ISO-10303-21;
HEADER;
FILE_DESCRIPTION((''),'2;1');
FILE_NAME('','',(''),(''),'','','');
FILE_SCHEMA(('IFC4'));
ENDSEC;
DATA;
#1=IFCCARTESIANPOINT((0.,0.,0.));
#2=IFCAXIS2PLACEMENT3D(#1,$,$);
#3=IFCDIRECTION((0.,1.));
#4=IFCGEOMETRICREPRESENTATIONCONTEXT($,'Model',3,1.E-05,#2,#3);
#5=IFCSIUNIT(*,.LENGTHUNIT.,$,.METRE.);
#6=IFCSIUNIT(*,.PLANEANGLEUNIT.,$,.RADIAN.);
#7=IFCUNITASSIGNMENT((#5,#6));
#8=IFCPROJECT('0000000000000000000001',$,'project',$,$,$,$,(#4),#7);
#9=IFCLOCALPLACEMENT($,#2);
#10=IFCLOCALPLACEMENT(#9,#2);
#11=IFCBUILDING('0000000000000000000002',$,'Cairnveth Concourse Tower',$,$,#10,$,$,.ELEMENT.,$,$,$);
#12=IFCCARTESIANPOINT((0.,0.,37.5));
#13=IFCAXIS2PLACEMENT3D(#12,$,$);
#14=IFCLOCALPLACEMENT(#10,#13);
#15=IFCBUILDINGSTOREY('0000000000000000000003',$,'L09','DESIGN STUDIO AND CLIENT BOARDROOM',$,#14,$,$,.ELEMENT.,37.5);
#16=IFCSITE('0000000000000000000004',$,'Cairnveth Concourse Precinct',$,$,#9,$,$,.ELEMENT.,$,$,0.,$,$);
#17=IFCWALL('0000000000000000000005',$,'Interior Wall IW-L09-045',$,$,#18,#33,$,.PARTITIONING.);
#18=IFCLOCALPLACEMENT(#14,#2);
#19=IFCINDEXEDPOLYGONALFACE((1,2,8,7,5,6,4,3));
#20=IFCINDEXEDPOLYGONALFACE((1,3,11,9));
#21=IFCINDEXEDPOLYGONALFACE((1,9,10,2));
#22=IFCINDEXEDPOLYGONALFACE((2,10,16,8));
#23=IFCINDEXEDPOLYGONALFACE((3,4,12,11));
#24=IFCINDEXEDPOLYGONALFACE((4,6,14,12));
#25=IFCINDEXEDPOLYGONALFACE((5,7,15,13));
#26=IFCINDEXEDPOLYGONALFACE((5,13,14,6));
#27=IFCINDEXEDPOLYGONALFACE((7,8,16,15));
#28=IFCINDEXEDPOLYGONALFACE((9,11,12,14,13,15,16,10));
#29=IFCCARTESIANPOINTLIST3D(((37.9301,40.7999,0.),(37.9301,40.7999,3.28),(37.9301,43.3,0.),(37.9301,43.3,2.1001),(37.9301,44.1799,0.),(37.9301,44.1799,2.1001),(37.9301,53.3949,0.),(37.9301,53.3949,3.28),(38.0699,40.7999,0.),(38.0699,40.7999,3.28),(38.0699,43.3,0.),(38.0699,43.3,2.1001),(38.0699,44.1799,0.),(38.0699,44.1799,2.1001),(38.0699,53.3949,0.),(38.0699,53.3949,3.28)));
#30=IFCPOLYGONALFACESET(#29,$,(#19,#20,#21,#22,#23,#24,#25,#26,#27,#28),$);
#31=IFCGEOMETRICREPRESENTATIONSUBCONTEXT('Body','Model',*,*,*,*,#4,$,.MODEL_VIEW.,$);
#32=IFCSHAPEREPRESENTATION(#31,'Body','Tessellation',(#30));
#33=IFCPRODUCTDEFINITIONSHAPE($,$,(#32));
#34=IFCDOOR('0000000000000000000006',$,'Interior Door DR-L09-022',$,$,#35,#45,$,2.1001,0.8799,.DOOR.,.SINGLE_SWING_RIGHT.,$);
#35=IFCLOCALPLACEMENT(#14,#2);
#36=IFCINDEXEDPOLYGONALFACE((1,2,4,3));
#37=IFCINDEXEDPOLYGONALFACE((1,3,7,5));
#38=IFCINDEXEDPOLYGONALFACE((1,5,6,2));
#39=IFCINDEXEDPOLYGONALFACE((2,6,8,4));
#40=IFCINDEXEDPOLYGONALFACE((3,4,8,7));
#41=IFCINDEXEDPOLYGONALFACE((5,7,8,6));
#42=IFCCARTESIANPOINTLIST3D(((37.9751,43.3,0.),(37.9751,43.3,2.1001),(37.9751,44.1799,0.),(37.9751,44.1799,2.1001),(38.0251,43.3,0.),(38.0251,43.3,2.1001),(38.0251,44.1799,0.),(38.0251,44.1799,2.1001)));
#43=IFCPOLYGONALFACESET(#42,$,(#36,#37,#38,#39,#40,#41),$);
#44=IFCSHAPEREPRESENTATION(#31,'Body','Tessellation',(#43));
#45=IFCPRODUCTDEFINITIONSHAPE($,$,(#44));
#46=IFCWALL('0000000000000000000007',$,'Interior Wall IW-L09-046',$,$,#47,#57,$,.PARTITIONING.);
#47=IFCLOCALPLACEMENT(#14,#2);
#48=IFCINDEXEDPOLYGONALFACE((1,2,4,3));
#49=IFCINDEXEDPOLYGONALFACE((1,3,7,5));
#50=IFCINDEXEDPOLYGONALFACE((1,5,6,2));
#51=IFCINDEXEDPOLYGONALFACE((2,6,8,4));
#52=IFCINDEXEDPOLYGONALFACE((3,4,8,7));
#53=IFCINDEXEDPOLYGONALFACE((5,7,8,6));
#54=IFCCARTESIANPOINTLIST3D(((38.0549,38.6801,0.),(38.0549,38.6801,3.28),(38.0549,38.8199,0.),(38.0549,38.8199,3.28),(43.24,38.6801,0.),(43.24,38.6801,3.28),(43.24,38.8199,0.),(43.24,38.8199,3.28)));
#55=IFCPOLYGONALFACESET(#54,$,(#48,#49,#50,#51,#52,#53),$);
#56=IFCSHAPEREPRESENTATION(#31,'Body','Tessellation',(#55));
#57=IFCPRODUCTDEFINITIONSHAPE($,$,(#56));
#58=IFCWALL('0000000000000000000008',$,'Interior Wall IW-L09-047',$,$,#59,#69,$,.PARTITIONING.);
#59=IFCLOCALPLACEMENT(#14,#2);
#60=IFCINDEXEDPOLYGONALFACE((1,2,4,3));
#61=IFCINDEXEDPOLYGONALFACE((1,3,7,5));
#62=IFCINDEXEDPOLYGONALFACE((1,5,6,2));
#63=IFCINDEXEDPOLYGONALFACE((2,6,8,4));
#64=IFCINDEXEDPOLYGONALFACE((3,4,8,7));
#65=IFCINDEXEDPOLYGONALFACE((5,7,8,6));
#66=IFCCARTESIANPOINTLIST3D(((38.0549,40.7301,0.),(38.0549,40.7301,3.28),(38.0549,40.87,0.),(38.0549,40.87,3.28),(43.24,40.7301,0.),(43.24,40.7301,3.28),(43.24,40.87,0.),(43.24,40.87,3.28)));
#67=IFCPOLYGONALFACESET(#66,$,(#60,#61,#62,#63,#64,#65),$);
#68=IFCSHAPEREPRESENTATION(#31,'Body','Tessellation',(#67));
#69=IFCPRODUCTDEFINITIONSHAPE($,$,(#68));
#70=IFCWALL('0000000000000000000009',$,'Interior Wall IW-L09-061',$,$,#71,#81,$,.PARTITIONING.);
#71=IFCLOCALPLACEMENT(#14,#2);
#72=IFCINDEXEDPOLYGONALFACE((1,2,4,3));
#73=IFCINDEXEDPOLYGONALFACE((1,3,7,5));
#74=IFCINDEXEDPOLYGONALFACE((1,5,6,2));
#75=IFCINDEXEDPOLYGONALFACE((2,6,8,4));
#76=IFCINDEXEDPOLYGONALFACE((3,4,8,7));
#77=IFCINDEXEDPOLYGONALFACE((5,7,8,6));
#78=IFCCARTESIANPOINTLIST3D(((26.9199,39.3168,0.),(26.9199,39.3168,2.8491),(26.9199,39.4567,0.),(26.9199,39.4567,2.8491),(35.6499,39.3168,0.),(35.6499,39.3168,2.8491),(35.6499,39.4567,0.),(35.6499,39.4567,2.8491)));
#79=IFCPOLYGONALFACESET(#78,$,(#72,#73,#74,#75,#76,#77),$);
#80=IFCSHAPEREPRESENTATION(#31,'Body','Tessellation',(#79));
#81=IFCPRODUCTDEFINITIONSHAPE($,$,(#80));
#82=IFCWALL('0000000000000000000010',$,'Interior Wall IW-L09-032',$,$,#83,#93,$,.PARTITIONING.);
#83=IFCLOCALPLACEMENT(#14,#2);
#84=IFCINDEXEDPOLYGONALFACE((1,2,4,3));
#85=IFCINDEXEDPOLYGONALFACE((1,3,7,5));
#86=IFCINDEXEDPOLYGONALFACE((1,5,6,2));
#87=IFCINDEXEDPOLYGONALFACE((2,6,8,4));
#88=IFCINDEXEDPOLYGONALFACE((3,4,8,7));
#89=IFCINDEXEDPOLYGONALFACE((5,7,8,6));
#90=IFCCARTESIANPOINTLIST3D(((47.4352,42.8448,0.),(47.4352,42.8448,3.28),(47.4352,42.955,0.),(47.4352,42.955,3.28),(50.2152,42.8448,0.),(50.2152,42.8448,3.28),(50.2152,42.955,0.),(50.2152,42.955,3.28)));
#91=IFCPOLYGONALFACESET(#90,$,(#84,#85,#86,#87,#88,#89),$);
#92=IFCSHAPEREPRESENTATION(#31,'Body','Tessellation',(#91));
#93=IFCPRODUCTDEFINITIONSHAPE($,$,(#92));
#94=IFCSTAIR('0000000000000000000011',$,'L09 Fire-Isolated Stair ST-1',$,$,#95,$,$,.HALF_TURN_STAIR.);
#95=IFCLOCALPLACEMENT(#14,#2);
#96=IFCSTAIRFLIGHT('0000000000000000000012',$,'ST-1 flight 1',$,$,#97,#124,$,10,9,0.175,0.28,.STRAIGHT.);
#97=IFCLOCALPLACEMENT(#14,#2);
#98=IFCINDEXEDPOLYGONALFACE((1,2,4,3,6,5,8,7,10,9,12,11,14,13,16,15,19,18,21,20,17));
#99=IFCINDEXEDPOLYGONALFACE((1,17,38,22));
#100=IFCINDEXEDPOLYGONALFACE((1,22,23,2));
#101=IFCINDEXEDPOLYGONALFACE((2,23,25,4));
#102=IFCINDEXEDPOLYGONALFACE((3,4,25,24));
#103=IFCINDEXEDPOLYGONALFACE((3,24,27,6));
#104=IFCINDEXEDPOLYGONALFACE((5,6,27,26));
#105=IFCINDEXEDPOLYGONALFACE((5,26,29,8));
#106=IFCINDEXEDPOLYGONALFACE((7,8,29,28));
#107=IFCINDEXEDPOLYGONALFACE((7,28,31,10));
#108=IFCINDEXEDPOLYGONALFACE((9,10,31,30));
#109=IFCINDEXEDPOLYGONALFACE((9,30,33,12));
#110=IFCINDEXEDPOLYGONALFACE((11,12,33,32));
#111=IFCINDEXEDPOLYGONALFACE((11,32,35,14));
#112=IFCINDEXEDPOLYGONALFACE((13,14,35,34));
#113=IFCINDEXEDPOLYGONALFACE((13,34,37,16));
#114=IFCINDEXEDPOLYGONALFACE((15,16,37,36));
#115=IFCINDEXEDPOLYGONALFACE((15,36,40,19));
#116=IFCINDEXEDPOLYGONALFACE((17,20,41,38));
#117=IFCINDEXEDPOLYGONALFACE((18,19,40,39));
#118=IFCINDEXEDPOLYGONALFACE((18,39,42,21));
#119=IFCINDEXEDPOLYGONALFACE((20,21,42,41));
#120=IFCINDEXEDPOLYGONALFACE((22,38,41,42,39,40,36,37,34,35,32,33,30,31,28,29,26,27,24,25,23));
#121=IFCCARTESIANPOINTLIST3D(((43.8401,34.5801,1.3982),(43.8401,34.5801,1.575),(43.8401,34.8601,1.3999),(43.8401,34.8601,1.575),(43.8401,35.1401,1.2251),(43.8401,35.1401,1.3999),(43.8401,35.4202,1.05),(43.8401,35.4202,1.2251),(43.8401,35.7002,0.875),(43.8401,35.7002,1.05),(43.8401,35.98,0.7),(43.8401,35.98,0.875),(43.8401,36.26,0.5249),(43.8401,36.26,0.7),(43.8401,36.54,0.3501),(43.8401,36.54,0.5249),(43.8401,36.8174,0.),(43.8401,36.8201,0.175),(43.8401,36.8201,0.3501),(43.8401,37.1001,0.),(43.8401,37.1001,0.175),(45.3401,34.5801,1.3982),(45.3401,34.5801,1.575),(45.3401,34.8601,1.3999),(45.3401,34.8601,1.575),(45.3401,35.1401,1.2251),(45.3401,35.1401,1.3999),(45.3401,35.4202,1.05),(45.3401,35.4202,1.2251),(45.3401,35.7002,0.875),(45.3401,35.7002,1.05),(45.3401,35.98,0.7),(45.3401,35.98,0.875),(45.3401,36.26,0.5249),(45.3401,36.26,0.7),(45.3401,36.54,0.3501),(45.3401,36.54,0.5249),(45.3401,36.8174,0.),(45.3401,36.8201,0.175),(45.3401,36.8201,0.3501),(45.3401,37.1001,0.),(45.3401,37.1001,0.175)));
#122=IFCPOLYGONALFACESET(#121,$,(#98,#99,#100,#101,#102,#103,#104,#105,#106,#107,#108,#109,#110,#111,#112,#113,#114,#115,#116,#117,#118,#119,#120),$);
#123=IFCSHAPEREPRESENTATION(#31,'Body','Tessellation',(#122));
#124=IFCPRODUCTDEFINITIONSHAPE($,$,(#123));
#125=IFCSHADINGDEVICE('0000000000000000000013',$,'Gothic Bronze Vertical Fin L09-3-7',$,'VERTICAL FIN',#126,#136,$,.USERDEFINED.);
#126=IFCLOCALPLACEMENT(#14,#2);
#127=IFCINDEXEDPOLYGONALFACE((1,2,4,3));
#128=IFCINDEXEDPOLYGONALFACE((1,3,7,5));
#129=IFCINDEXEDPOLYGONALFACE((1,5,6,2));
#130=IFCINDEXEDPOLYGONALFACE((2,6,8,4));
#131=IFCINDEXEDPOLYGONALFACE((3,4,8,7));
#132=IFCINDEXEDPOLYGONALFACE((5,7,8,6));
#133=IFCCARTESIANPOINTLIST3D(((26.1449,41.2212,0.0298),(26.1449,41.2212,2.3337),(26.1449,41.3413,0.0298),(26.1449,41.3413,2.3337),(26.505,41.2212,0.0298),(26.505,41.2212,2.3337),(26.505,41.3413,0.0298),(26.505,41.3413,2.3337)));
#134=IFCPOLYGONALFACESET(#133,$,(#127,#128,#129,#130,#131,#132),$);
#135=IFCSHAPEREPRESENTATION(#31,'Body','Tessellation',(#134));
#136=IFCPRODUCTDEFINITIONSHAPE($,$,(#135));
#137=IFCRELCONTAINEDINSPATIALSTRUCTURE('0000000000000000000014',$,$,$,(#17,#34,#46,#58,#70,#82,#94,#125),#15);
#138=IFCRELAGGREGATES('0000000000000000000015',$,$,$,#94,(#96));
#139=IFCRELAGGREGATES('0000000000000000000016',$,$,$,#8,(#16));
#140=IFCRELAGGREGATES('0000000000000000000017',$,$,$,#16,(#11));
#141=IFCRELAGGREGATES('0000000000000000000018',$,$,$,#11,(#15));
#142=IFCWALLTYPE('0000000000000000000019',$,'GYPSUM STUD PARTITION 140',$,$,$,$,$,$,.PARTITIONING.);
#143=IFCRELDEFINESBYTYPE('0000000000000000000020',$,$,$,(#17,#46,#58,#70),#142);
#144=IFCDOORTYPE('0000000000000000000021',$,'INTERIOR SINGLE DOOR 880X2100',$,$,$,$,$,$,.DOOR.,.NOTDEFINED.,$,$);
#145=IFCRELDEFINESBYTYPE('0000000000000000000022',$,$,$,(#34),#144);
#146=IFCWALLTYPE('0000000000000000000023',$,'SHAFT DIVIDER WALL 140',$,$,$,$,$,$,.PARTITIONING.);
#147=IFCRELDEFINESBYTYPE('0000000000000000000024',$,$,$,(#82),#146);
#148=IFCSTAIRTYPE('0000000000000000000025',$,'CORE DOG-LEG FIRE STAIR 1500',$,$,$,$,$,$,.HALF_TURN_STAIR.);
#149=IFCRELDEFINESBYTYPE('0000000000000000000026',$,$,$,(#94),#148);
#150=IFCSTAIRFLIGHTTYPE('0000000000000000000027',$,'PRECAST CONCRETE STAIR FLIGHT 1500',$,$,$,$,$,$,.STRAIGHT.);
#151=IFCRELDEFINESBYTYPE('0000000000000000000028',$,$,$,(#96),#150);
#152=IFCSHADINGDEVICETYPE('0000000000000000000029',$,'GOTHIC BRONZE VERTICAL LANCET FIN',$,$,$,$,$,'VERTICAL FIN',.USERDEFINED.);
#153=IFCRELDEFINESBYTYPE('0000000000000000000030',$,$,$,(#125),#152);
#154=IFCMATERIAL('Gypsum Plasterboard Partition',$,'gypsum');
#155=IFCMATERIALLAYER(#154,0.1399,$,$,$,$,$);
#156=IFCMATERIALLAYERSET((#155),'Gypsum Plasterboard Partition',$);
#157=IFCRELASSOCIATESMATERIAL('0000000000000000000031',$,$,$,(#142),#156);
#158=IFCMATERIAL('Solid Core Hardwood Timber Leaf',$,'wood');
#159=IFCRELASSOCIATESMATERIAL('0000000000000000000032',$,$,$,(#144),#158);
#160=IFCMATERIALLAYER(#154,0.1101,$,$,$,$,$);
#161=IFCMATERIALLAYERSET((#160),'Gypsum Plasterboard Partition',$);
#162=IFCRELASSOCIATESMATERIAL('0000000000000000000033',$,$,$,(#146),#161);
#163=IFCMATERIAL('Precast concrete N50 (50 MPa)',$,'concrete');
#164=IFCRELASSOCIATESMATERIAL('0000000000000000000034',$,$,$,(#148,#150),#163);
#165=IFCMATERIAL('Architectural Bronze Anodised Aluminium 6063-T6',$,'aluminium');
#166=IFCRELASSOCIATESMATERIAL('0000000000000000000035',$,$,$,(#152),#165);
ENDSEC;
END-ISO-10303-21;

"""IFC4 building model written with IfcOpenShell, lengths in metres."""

from ifc_helpers import new_model, si_unit, direction, frame, frame_2d, origin, origin_2d, place, context, subcontext, project, spatial, polyline, rectangle, outline, extrude, material, layer, layer_set, type_object, element, fill, aggregate, save


model = new_model("IFC4")

# Units and contexts
model_context = context("Model", 3, precision=1e-05, world=origin(), true_north=direction((0.0, 1.0)))
body_context = subcontext(model_context, "Body", "Model", "MODEL_VIEW")
ifc_project = project(units=[si_unit("LENGTHUNIT", "METRE"), si_unit("PLANEANGLEUNIT", "RADIAN")], contexts=[model_context])

# Site, building, storey
site_placement = place(None, origin())
site = spatial("IfcSite", under=ifc_project, at=site_placement, Name="Cairnveth Concourse Precinct", CompositionType="ELEMENT", RefElevation=0.0)
building_placement = place(site_placement, origin())
building = spatial("IfcBuilding", under=site, at=building_placement, Name="Cairnveth Concourse Tower", CompositionType="ELEMENT")
storey_placement = place(building_placement, frame((0.0, 0.0, 37.5)))
storey = spatial("IfcBuildingStorey", under=building, at=storey_placement, Name="L09", Description="DESIGN STUDIO AND CLIENT BOARDROOM", CompositionType="ELEMENT", Elevation=37.5)

# Shared definitions
ifc_material_1 = material(Name="Architectural Bronze Anodised Aluminium 6063-T6", Category="aluminium")

# Wall, opening, door
ifc_material_2 = material(Name="Gypsum Plasterboard Partition", Category="gypsum")
ifc_layer_1 = layer(ifc_material_2, 0.1399)
ifc_layer_set_1 = layer_set([ifc_layer_1], Name="Gypsum Plasterboard Partition")
wall_type_1 = type_object("IfcWallType", Name="GYPSUM STUD PARTITION 140", PredefinedType="PARTITIONING", material=ifc_layer_set_1)
wall_1_placement = place(storey_placement, frame((38.0, 40.8, 0.0), z_axis=(0.0, 0.0, 1.0), x_axis=(0.0, 1.0, 0.0)))
wall_1 = element("IfcWall", 1, at=wall_1_placement, inside=storey, type_object=wall_type_1, Name="Interior Wall IW-L09-045", PredefinedType="PARTITIONING", context=body_context, shape_type="SweptSolid", body=[
    extrude(rectangle(XDim=12.595, YDim=0.1399, at=frame_2d((6.2974, 0.0))), origin(), (0.0, 0.0, 1.0), 3.28),
])
opening_1_placement = place(wall_1_placement, frame((2.5, 0.0, 0.0)))
opening_1 = element("IfcOpeningElement", 2, at=opening_1_placement, cuts=wall_1, PredefinedType="OPENING", context=body_context, shape_type="SweptSolid", body=[
    extrude(rectangle(XDim=0.8799, YDim=2.1001, at=frame_2d((0.4399, 1.05))), frame((0.0, 0.0798, 0.0), z_axis=(0.0, -1.0, 0.0), x_axis=(1.0, 0.0, 0.0)), (0.0, 0.0, 1.0), 0.1599),
])
ifc_material_3 = material(Name="Solid Core Hardwood Timber Leaf", Category="wood")
door_type_1 = type_object("IfcDoorType", Name="INTERIOR SINGLE DOOR 880X2100", OperationType="NOTDEFINED", PredefinedType="DOOR", material=ifc_material_3)
door_1_placement = place(opening_1_placement, origin())
door_1 = element("IfcDoor", 3, at=door_1_placement, inside=storey, type_object=door_type_1, Name="Interior Door DR-L09-022", OperationType="SINGLE_SWING_RIGHT", OverallHeight=2.1001, OverallWidth=0.8799, PredefinedType="DOOR", context=body_context, shape_type="SweptSolid", body=[
    extrude(rectangle(XDim=0.8799, YDim=2.1001, at=frame_2d((0.4399, 1.05))), frame((0.0, 0.0249, 0.0), z_axis=(0.0, -1.0, 0.0), x_axis=(1.0, 0.0, 0.0)), (0.0, 0.0, 1.0), 0.05),
])
fill(opening_1, door_1)

# Walls
for number, where, z_axis, x_axis, name in (
    (4, (38.0549, 38.75, 0.0), (0.0, 0.0, 1.0), (1.0, 0.0, 0.0), "Interior Wall IW-L09-046"),
    (5, (38.0549, 40.8, 0.0), (0.0, 0.0, 1.0), (1.0, 0.0, 0.0), "Interior Wall IW-L09-047"),
):
    element("IfcWall", number, at=place(storey_placement, frame(where, z_axis=z_axis, x_axis=x_axis)), inside=storey, type_object=wall_type_1, Name=name, PredefinedType="PARTITIONING", context=body_context, shape_type="SweptSolid", body=[
        extrude(rectangle(XDim=5.1851, YDim=0.1399, at=frame_2d((2.5925, 0.0))), origin(), (0.0, 0.0, 1.0), 3.28),
    ])
wall_2_placement = place(storey_placement, frame((26.9199, 39.3867, 0.0), z_axis=(0.0, 0.0, 1.0), x_axis=(1.0, 0.0, 0.0)))
element("IfcWall", 6, at=wall_2_placement, inside=storey, type_object=wall_type_1, Name="Interior Wall IW-L09-061", PredefinedType="PARTITIONING", context=body_context, shape_type="SweptSolid", body=[
    extrude(rectangle(XDim=8.73, YDim=0.1399, at=frame_2d((4.365, 0.0))), origin(), (0.0, 0.0, 1.0), 2.8491),
])
ifc_layer_2 = layer(ifc_material_2, 0.1101)
ifc_layer_set_2 = layer_set([ifc_layer_2], Name="Gypsum Plasterboard Partition")
wall_type_2 = type_object("IfcWallType", Name="SHAFT DIVIDER WALL 140", PredefinedType="PARTITIONING", material=ifc_layer_set_2)
wall_3_placement = place(storey_placement, frame((47.4351, 42.8999, 0.0), z_axis=(0.0, 0.0, 1.0), x_axis=(1.0, 0.0, 0.0)))
element("IfcWall", 7, at=wall_3_placement, inside=storey, type_object=wall_type_2, Name="Interior Wall IW-L09-032", PredefinedType="PARTITIONING", context=body_context, shape_type="SweptSolid", body=[
    extrude(rectangle(XDim=2.78, YDim=0.1101, at=frame_2d((1.3901, 0.0))), origin(), (0.0, 0.0, 1.0), 3.28),
])

# Stair, stair flight
ifc_material_4 = material(Name="Precast concrete N50 (50 MPa)", Category="concrete")
stair_type = type_object("IfcStairType", Name="CORE DOG-LEG FIRE STAIR 1500", PredefinedType="HALF_TURN_STAIR", material=ifc_material_4)
stair_placement = place(storey_placement, origin())
stair = element("IfcStair", 8, at=stair_placement, inside=storey, type_object=stair_type, Name="L09 Fire-Isolated Stair ST-1", PredefinedType="HALF_TURN_STAIR")
stair_flight_type = type_object("IfcStairFlightType", Name="PRECAST CONCRETE STAIR FLIGHT 1500", PredefinedType="STRAIGHT", material=ifc_material_4)
stair_flight_placement = place(storey_placement, frame((44.5901, 37.1001, 0.0), z_axis=(0.0, 0.0, 1.0), x_axis=(0.0, -1.0, 0.0)))
stair_flight = element("IfcStairFlight", 9, at=stair_flight_placement, type_object=stair_flight_type, Name="ST-1 flight 1", NumberOfRisers=10, NumberOfTreads=9, PredefinedType="STRAIGHT", RiserHeight=0.175, TreadLength=0.28, context=body_context, shape_type="SweptSolid", body=[
    extrude(outline(polyline([(0.0, 0.0), (0.0, 0.175), (0.28, 0.175), (0.28, 0.3501), (0.5601, 0.3501), (0.5601, 0.5249), (0.8401, 0.5249), (0.8401, 0.7), (1.1201, 0.7), (1.1201, 0.875), (1.3999, 0.875), (1.3999, 1.05), (1.6799, 1.05), (1.6799, 1.2251), (1.96, 1.2251), (1.96, 1.3999), (2.24, 1.3999), (2.24, 1.575), (2.52, 1.575), (2.52, 1.75), (2.52, 1.3982), (0.2827, 0.0), (0.0, 0.0)])), frame((0.0, 0.75, 0.0), z_axis=(0.0, -1.0, 0.0), x_axis=(1.0, 0.0, 0.0)), (0.0, 0.0, 1.0), 1.5),
])
aggregate(stair, [stair_flight])

# Shading device
shading_device_type = type_object("IfcShadingDeviceType", Name="GOTHIC BRONZE VERTICAL LANCET FIN", ElementType="VERTICAL FIN", PredefinedType="USERDEFINED", material=ifc_material_1)
shading_device_placement = place(storey_placement, frame((26.325, 41.2812, 0.0298), z_axis=(0.0, 0.0, 1.0), x_axis=(0.0, 1.0, 0.0)))
element("IfcShadingDevice", 10, at=shading_device_placement, inside=storey, type_object=shading_device_type, Name="Gothic Bronze Vertical Fin L09-3-7", ObjectType="VERTICAL FIN", PredefinedType="USERDEFINED", context=body_context, shape_type="SweptSolid", body=[
    extrude(rectangle(XDim=0.1201, YDim=0.3601, at=origin_2d()), origin(), (0.0, 0.0, 1.0), 2.304),
])

save(model, "model.ifc")
